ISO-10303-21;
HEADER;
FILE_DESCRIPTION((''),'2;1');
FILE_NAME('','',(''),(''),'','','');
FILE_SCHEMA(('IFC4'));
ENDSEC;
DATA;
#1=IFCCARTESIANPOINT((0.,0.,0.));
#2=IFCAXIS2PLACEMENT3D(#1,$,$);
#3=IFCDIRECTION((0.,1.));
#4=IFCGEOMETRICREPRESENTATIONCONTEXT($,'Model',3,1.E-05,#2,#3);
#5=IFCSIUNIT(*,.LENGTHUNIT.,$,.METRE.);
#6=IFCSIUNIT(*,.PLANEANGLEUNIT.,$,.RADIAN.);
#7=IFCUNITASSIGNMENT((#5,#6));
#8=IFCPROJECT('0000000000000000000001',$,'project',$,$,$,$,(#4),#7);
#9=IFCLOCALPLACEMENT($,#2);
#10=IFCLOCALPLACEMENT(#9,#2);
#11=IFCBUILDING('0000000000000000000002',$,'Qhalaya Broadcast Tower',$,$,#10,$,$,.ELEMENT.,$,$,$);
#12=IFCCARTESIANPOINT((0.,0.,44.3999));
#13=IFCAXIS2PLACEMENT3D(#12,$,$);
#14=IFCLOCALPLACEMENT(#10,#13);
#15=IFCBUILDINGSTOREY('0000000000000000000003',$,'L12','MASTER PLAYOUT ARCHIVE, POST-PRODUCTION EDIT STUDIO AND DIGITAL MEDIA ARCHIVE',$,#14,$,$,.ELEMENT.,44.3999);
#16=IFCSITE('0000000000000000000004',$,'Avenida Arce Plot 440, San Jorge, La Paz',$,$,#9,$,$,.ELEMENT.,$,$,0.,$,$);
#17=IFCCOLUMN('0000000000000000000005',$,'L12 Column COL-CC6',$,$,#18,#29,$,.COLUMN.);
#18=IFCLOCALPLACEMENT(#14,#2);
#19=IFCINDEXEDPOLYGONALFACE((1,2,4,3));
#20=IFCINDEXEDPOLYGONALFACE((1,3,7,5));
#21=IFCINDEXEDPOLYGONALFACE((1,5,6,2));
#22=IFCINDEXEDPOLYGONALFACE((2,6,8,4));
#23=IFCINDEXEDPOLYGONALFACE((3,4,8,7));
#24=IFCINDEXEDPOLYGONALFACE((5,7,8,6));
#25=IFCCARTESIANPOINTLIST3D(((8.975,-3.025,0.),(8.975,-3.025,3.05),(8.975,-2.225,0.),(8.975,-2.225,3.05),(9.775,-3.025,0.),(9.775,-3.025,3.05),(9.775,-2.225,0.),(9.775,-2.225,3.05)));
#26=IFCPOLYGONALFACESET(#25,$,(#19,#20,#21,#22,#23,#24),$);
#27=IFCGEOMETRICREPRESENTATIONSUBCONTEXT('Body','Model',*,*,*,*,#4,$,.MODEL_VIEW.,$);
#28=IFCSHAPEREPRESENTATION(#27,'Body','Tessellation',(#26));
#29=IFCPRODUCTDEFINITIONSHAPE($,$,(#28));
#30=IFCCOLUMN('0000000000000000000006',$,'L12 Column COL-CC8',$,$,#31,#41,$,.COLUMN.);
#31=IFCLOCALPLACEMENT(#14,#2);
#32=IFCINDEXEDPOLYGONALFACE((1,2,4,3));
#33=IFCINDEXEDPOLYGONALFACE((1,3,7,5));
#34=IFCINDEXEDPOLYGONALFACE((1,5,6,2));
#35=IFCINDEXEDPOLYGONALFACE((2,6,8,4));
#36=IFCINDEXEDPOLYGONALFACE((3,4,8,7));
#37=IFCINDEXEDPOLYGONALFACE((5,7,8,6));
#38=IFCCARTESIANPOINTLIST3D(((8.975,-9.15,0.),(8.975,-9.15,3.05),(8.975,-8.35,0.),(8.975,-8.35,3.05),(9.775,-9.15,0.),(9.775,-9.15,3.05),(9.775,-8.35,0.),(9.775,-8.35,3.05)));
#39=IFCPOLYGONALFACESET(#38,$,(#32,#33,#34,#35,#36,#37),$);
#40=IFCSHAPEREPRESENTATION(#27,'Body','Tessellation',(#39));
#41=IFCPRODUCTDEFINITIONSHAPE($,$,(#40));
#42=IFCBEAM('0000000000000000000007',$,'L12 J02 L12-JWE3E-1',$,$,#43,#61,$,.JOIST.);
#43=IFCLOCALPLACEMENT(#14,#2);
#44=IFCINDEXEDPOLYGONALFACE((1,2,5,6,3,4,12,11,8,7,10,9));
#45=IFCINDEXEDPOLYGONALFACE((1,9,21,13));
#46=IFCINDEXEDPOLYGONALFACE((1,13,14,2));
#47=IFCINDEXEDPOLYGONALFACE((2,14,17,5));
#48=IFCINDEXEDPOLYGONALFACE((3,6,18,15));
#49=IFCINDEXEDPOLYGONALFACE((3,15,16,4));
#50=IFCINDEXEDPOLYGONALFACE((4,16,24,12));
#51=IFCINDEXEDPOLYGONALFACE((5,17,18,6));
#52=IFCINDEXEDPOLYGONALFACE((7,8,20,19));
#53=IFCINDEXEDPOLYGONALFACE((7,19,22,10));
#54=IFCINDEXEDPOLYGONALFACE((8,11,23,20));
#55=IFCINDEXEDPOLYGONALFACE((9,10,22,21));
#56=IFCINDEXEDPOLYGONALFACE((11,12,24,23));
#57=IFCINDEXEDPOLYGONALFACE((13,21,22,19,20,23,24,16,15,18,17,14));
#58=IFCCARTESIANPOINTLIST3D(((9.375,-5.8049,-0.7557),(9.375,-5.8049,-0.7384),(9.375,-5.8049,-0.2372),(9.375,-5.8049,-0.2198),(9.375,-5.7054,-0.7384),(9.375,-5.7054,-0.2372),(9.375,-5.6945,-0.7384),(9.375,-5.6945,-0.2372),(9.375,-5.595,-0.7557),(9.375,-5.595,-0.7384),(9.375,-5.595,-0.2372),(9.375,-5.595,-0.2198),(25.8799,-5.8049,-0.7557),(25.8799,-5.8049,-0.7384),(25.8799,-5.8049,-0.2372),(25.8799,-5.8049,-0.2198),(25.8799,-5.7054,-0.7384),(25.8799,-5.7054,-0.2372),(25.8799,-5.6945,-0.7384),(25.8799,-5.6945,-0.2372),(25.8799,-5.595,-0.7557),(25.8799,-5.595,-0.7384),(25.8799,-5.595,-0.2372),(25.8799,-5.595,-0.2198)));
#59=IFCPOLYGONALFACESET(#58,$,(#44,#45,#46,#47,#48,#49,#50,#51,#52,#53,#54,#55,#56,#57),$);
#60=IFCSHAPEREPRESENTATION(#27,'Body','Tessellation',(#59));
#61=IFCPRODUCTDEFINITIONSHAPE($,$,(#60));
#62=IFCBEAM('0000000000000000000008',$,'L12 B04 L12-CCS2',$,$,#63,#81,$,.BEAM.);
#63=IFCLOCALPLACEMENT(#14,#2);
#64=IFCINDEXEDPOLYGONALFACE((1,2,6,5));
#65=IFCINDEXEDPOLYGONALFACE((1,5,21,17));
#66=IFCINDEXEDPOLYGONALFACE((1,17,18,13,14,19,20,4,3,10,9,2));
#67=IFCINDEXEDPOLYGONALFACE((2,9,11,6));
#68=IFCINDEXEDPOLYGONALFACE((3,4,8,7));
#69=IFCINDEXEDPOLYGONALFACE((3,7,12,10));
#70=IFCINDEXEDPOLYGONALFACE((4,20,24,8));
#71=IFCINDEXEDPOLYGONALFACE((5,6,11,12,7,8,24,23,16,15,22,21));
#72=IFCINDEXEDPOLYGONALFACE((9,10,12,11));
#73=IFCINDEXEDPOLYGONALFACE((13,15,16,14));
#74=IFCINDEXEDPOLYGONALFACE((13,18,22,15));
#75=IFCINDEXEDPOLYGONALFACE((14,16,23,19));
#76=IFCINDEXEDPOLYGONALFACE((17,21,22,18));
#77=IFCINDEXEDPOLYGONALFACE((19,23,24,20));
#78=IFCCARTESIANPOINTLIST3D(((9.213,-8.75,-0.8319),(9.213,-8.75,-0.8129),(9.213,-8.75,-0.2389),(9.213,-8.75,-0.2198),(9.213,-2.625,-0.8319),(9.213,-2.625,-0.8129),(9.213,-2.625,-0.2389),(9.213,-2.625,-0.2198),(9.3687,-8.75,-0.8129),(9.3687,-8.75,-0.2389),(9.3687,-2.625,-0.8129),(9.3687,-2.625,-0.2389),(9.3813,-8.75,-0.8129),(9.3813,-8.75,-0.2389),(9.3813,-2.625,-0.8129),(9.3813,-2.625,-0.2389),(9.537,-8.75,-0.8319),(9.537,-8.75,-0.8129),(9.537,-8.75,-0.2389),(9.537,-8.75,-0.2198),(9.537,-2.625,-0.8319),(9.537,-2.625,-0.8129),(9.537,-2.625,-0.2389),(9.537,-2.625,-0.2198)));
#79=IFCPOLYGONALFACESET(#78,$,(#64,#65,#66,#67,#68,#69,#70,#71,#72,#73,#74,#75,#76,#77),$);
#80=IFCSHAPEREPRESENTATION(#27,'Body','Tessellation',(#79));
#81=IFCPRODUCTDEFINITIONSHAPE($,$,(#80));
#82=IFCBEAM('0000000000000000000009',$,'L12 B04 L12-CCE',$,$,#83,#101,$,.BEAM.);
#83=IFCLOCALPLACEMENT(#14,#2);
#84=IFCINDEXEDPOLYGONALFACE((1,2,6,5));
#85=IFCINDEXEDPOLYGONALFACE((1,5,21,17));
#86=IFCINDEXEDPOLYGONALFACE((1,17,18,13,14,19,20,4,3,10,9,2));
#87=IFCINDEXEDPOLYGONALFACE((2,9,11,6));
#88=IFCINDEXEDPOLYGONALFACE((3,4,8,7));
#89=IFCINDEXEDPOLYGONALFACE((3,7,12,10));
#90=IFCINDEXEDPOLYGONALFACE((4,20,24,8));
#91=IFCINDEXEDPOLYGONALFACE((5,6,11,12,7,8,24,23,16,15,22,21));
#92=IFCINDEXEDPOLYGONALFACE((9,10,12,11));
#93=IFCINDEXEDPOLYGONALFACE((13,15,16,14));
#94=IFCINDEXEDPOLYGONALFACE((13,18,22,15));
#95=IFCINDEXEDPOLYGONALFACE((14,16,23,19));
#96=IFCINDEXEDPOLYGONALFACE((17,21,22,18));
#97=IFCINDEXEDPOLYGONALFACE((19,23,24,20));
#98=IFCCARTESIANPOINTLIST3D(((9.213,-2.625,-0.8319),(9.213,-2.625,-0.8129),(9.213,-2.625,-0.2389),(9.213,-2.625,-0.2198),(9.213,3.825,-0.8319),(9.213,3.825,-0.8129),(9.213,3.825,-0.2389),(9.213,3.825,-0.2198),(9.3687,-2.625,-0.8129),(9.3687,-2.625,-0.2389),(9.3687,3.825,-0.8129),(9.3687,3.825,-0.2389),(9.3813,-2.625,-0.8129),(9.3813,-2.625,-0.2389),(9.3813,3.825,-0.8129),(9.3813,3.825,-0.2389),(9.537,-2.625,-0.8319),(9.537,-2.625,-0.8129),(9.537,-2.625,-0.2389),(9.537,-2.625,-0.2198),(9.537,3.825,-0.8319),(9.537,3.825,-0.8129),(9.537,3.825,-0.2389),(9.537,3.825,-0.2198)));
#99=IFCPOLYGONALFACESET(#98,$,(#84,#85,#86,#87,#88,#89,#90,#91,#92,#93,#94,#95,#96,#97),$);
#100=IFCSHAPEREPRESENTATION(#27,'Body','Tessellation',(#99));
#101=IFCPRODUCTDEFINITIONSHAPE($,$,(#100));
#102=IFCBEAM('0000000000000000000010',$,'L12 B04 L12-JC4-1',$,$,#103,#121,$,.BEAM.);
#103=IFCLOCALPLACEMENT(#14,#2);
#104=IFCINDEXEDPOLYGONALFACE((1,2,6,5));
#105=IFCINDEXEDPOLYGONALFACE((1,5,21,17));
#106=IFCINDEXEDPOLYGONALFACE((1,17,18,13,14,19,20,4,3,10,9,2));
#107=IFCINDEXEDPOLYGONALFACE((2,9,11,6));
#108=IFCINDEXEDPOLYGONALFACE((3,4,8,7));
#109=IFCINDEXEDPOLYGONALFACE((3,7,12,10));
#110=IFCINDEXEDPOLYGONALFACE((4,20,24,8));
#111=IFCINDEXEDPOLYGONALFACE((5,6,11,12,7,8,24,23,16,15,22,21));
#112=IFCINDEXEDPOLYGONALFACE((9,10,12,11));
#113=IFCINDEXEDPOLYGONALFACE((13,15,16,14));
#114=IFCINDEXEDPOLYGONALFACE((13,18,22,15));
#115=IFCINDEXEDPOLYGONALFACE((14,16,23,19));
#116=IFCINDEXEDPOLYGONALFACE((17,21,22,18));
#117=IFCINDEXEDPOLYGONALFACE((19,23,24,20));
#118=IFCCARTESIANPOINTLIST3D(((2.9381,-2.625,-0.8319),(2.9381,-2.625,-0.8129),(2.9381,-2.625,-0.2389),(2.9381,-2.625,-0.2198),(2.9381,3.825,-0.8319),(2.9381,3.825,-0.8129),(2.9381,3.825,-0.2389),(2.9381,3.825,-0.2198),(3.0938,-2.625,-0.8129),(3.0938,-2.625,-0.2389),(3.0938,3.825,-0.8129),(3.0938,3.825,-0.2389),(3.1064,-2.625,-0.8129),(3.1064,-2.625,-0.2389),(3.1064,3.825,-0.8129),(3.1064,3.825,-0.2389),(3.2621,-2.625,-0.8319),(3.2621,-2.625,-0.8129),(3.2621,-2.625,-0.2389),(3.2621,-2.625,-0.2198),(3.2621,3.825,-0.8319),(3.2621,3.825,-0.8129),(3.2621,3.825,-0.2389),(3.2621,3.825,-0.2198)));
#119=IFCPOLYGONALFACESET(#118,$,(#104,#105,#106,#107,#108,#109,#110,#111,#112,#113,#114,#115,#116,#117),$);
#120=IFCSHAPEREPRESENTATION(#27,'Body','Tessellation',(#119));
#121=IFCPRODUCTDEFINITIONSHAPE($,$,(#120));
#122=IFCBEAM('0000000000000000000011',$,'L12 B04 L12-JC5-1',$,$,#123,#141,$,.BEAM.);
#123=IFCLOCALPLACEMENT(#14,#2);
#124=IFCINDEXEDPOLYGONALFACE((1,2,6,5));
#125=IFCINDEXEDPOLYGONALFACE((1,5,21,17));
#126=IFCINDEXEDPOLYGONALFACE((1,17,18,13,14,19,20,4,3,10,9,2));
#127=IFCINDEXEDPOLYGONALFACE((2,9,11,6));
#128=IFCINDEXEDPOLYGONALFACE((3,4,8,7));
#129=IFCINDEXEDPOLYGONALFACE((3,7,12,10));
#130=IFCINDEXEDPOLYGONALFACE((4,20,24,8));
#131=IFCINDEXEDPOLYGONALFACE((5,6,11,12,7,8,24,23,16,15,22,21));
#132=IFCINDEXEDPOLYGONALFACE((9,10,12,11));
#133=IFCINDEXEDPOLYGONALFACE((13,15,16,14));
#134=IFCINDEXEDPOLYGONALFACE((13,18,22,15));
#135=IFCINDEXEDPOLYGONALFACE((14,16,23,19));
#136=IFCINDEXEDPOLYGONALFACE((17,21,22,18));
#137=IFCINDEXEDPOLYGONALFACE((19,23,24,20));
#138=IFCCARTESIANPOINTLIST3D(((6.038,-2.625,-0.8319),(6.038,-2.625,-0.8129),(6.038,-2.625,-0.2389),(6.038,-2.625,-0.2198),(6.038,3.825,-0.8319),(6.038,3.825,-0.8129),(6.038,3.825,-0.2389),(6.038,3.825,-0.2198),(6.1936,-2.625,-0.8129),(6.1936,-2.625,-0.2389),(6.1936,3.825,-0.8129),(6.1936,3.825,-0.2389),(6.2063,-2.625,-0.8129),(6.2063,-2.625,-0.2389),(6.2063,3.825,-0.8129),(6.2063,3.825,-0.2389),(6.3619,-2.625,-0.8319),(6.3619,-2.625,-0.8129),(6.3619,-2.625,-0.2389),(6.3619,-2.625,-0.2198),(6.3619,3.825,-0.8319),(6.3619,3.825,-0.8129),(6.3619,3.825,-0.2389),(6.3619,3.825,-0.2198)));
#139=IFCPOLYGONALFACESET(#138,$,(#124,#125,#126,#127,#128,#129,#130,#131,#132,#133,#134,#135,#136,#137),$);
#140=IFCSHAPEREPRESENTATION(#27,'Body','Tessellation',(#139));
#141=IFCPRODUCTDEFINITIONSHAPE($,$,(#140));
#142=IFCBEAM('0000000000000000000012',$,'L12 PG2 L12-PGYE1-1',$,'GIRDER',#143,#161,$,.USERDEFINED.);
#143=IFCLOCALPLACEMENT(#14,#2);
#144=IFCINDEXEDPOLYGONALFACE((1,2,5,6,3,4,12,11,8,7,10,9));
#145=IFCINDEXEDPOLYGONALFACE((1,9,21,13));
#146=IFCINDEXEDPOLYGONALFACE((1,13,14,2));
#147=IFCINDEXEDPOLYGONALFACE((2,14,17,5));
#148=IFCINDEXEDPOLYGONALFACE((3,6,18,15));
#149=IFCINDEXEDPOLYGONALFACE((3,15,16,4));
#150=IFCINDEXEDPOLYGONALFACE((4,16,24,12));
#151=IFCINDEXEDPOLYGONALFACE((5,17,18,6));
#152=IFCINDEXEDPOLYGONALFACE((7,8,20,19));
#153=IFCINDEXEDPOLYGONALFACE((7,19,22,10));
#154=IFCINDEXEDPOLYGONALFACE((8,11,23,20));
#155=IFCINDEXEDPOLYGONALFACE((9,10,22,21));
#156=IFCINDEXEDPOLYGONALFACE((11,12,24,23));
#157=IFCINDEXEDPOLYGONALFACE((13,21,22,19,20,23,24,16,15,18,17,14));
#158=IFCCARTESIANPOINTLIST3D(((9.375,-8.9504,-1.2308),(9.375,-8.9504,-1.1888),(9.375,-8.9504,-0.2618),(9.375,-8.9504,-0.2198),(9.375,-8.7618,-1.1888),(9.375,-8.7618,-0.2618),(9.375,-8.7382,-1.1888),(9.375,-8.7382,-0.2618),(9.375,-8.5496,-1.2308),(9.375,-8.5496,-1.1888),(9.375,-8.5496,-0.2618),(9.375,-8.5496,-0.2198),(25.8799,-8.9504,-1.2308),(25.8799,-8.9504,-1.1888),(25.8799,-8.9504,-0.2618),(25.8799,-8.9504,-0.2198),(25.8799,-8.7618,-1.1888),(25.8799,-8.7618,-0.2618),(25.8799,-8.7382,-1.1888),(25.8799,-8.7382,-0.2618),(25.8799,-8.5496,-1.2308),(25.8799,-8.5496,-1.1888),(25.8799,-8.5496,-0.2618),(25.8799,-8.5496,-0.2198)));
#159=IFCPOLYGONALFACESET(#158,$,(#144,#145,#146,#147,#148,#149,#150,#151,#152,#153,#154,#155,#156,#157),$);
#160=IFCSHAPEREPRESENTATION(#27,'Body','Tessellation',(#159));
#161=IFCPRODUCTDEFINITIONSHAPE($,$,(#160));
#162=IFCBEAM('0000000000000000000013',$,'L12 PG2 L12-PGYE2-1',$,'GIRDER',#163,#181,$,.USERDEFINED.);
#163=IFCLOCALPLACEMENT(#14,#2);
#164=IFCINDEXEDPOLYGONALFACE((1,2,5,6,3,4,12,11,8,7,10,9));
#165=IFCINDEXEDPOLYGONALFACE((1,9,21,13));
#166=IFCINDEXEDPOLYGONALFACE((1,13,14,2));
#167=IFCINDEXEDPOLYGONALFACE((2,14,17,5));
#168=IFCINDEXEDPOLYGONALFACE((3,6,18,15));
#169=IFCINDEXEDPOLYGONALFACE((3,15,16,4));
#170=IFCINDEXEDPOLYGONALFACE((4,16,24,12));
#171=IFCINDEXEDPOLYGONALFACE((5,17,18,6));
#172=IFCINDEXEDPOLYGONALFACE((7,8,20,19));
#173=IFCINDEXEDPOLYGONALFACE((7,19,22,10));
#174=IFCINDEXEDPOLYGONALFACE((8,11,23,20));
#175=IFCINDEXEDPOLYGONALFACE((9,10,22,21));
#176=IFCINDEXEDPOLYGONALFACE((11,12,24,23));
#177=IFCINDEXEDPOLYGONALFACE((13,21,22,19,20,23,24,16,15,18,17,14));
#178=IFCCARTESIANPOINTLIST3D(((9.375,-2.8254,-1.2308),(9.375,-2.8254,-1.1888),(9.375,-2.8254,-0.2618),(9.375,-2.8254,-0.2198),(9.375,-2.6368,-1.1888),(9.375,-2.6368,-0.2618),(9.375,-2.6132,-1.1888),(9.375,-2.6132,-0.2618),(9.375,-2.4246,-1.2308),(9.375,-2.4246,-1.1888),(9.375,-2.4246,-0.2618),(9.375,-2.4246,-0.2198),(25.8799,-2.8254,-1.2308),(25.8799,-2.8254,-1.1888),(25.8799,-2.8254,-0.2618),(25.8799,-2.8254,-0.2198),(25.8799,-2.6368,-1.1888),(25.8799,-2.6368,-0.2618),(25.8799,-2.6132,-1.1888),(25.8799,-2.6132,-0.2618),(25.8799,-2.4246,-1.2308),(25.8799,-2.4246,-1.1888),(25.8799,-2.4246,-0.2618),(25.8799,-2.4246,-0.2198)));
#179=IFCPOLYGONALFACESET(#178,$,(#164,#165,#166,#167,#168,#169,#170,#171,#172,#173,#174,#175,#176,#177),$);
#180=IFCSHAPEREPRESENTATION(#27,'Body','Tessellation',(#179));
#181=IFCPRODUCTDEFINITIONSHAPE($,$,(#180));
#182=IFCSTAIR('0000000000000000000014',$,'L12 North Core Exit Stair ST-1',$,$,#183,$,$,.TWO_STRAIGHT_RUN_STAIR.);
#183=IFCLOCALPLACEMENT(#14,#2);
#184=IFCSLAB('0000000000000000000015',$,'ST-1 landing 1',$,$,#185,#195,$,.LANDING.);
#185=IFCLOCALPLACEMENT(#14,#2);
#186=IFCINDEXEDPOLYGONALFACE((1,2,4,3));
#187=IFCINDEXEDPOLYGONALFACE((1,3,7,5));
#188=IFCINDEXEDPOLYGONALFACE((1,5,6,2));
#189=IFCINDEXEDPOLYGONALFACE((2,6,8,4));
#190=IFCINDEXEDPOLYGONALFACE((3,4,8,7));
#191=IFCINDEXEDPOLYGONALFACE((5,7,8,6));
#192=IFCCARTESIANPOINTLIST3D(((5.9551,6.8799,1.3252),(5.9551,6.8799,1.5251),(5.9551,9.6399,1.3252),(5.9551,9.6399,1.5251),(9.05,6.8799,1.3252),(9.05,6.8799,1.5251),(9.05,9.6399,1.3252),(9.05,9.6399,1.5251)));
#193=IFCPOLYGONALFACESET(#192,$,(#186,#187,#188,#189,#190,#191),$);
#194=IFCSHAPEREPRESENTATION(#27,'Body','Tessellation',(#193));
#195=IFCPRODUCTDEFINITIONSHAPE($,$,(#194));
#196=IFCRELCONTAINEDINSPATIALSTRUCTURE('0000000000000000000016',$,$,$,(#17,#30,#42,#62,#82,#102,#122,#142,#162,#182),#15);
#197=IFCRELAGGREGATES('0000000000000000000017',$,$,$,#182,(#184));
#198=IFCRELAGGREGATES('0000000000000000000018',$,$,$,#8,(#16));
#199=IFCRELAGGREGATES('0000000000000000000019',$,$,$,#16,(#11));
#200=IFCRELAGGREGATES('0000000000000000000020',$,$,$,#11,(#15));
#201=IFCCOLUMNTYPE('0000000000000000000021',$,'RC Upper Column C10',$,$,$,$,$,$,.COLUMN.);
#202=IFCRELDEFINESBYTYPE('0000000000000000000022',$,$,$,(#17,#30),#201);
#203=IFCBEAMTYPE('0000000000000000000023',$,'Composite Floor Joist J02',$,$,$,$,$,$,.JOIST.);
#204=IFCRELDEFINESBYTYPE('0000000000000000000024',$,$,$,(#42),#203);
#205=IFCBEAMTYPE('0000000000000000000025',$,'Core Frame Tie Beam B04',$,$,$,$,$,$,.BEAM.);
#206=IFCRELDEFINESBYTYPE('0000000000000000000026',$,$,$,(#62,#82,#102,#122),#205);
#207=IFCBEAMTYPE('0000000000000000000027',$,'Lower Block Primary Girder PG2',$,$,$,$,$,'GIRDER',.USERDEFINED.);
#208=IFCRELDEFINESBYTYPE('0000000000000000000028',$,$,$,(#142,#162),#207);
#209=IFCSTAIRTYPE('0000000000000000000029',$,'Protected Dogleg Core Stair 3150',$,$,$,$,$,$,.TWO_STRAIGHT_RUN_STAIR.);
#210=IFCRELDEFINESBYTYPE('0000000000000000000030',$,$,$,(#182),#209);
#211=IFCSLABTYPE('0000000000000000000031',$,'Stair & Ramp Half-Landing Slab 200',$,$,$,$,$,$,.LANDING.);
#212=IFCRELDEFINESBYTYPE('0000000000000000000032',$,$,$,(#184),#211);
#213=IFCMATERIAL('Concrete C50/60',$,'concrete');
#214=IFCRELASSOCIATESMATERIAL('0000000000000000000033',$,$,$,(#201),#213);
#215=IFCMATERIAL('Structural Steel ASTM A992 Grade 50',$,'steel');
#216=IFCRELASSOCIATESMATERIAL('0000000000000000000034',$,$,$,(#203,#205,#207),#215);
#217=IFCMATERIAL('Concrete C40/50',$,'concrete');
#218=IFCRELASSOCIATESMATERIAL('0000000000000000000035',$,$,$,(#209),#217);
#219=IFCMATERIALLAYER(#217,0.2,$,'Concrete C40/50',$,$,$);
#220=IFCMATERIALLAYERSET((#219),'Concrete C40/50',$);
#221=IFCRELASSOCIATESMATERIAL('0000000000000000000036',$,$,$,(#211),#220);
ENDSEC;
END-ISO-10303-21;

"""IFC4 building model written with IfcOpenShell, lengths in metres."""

from ifc_helpers import new_model, si_unit, direction, frame, origin, origin_2d, place, context, subcontext, project, spatial, polyline, rectangle, i_section, outline, extrude, material, layer, layer_set, material_profile, profile_set, type_object, element, aggregate, save


model = new_model("IFC4")

# Units and contexts
model_context = context("Model", 3, precision=1e-05, world=origin(), true_north=direction((0.0, 1.0)))
body_context = subcontext(model_context, "Body", "Model", "MODEL_VIEW")
ifc_project = project(units=[si_unit("LENGTHUNIT", "METRE"), si_unit("PLANEANGLEUNIT", "RADIAN")], contexts=[model_context])

# Site, building, storey
site_placement = place(None, origin())
site = spatial("IfcSite", under=ifc_project, at=site_placement, Name="Avenida Arce Plot 440, San Jorge, La Paz", CompositionType="ELEMENT", RefElevation=0.0)
building_placement = place(site_placement, origin())
building = spatial("IfcBuilding", under=site, at=building_placement, Name="Qhalaya Broadcast Tower", CompositionType="ELEMENT")
storey_placement = place(building_placement, frame((0.0, 0.0, 44.3999)))
storey = spatial("IfcBuildingStorey", under=building, at=storey_placement, Name="L12", Description="MASTER PLAYOUT ARCHIVE, POST-PRODUCTION EDIT STUDIO AND DIGITAL MEDIA ARCHIVE", CompositionType="ELEMENT", Elevation=44.3999)

# Columns
ifc_material_1 = material(Name="Concrete C50/60", Category="concrete")
ifc_material_profile_1 = material_profile(ifc_material_1, rectangle(XDim=0.8, YDim=0.8, at=origin_2d()), Name="RC-COL 800x800")
ifc_profile_set_1 = profile_set([ifc_material_profile_1], Name="Concrete C50/60")
column_type = type_object("IfcColumnType", Name="RC Upper Column C10", PredefinedType="COLUMN", material=ifc_profile_set_1)
for number, where, z_axis, x_axis, name in (
    (1, (9.375, -2.625, 0.0), (0.0, 0.0, 1.0), (1.0, 0.0, 0.0), "L12 Column COL-CC6"),
    (2, (9.375, -8.75, 0.0), (0.0, 0.0, 1.0), (1.0, 0.0, 0.0), "L12 Column COL-CC8"),
):
    element("IfcColumn", number, at=place(storey_placement, frame(where, z_axis=z_axis, x_axis=x_axis)), inside=storey, type_object=column_type, Name=name, PredefinedType="COLUMN", context=body_context, shape_type="SweptSolid", body=[
        extrude(rectangle(XDim=0.8, YDim=0.8, at=origin_2d()), origin(), (0.0, 0.0, 1.0), 3.05),
    ])

# Beams
ifc_material_2 = material(Name="Structural Steel ASTM A992 Grade 50", Category="steel")
ifc_material_profile_2 = material_profile(ifc_material_2, i_section(OverallWidth=0.21, OverallDepth=0.5359, WebThickness=0.011, FlangeThickness=0.0173, at=origin_2d()), Name="W21X68")
ifc_profile_set_2 = profile_set([ifc_material_profile_2], Name="Structural Steel ASTM A992 Grade 50")
beam_type_1 = type_object("IfcBeamType", Name="Composite Floor Joist J02", PredefinedType="JOIST", material=ifc_profile_set_2)
beam_1_placement = place(storey_placement, frame((9.375, -5.7, -0.4878), z_axis=(1.0, 0.0, 0.0), x_axis=(0.0, 1.0, 0.0)))
element("IfcBeam", 3, at=beam_1_placement, inside=storey, type_object=beam_type_1, Name="L12 J02 L12-JWE3E-1", PredefinedType="JOIST", context=body_context, shape_type="SweptSolid", body=[
    extrude(i_section(OverallWidth=0.21, OverallDepth=0.5359, WebThickness=0.011, FlangeThickness=0.0173, at=origin_2d()), origin(), (0.0, 0.0, 1.0), 16.5049),
])
ifc_material_profile_3 = material_profile(ifc_material_2, i_section(OverallWidth=0.324, OverallDepth=0.6121, WebThickness=0.0127, FlangeThickness=0.019, at=origin_2d()), Name="W24X104")
ifc_profile_set_3 = profile_set([ifc_material_profile_3], Name="Structural Steel ASTM A992 Grade 50")
beam_type_2 = type_object("IfcBeamType", Name="Core Frame Tie Beam B04", PredefinedType="BEAM", material=ifc_profile_set_3)
beam_2_placement = place(storey_placement, frame((9.375, -8.75, -0.5259), z_axis=(0.0, 1.0, 0.0), x_axis=(-1.0, 0.0, 0.0)))
element("IfcBeam", 4, at=beam_2_placement, inside=storey, type_object=beam_type_2, Name="L12 B04 L12-CCS2", PredefinedType="BEAM", context=body_context, shape_type="SweptSolid", body=[
    extrude(i_section(OverallWidth=0.324, OverallDepth=0.6121, WebThickness=0.0127, FlangeThickness=0.019, at=origin_2d()), origin(), (0.0, 0.0, 1.0), 6.125),
])
for number, where, z_axis, x_axis, name in (
    (5, (9.375, -2.625, -0.5259), (0.0, 1.0, 0.0), (-1.0, 0.0, 0.0), "L12 B04 L12-CCE"),
    (6, (3.1001, -2.625, -0.5259), (0.0, 1.0, 0.0), (-1.0, 0.0, 0.0), "L12 B04 L12-JC4-1"),
    (7, (6.2, -2.625, -0.5259), (0.0, 1.0, 0.0), (-1.0, 0.0, 0.0), "L12 B04 L12-JC5-1"),
):
    element("IfcBeam", number, at=place(storey_placement, frame(where, z_axis=z_axis, x_axis=x_axis)), inside=storey, type_object=beam_type_2, Name=name, PredefinedType="BEAM", context=body_context, shape_type="SweptSolid", body=[
        extrude(i_section(OverallWidth=0.324, OverallDepth=0.6121, WebThickness=0.0127, FlangeThickness=0.019, at=origin_2d()), origin(), (0.0, 0.0, 1.0), 6.45),
    ])
ifc_material_profile_4 = material_profile(ifc_material_2, i_section(OverallWidth=0.4009, OverallDepth=1.011, WebThickness=0.0237, FlangeThickness=0.042, at=origin_2d()), Name="W40X297")
ifc_profile_set_4 = profile_set([ifc_material_profile_4], Name="Structural Steel ASTM A992 Grade 50")
beam_type_3 = type_object("IfcBeamType", Name="Lower Block Primary Girder PG2", ElementType="GIRDER", PredefinedType="USERDEFINED", material=ifc_profile_set_4)
for number, where, z_axis, x_axis, name in (
    (8, (9.375, -8.75, -0.7253), (1.0, 0.0, 0.0), (0.0, 1.0, 0.0), "L12 PG2 L12-PGYE1-1"),
    (9, (9.375, -2.625, -0.7253), (1.0, 0.0, 0.0), (0.0, 1.0, 0.0), "L12 PG2 L12-PGYE2-1"),
):
    element("IfcBeam", number, at=place(storey_placement, frame(where, z_axis=z_axis, x_axis=x_axis)), inside=storey, type_object=beam_type_3, Name=name, ObjectType="GIRDER", PredefinedType="USERDEFINED", context=body_context, shape_type="SweptSolid", body=[
        extrude(i_section(OverallWidth=0.4009, OverallDepth=1.011, WebThickness=0.0237, FlangeThickness=0.042, at=origin_2d()), origin(), (0.0, 0.0, 1.0), 16.5049),
    ])

# Stair, slab
ifc_material_3 = material(Name="Concrete C40/50", Category="concrete")
stair_type = type_object("IfcStairType", Name="Protected Dogleg Core Stair 3150", PredefinedType="TWO_STRAIGHT_RUN_STAIR", material=ifc_material_3)
stair_1_placement = place(storey_placement, origin())
stair_1 = element("IfcStair", 10, at=stair_1_placement, inside=storey, type_object=stair_type, Name="L12 North Core Exit Stair ST-1", PredefinedType="TWO_STRAIGHT_RUN_STAIR")
ifc_layer_1 = layer(ifc_material_3, 0.2, Name="Concrete C40/50")
ifc_layer_set_1 = layer_set([ifc_layer_1], Name="Concrete C40/50")
slab_type_1 = type_object("IfcSlabType", Name="Stair & Ramp Half-Landing Slab 200", PredefinedType="LANDING", material=ifc_layer_set_1)
slab_1_placement = place(storey_placement, frame((0.0, 0.0, 1.3252)))
slab_1 = element("IfcSlab", 11, at=slab_1_placement, type_object=slab_type_1, Name="ST-1 landing 1", PredefinedType="LANDING", context=body_context, shape_type="SweptSolid", body=[
    extrude(outline(polyline([(5.9551, 6.8799), (9.05, 6.8799), (9.05, 9.6399), (5.9551, 9.6399), (5.9551, 6.8799)])), origin(), (0.0, 0.0, 1.0), 0.2),
])
aggregate(stair_1, [slab_1])

save(model, "model.ifc")
